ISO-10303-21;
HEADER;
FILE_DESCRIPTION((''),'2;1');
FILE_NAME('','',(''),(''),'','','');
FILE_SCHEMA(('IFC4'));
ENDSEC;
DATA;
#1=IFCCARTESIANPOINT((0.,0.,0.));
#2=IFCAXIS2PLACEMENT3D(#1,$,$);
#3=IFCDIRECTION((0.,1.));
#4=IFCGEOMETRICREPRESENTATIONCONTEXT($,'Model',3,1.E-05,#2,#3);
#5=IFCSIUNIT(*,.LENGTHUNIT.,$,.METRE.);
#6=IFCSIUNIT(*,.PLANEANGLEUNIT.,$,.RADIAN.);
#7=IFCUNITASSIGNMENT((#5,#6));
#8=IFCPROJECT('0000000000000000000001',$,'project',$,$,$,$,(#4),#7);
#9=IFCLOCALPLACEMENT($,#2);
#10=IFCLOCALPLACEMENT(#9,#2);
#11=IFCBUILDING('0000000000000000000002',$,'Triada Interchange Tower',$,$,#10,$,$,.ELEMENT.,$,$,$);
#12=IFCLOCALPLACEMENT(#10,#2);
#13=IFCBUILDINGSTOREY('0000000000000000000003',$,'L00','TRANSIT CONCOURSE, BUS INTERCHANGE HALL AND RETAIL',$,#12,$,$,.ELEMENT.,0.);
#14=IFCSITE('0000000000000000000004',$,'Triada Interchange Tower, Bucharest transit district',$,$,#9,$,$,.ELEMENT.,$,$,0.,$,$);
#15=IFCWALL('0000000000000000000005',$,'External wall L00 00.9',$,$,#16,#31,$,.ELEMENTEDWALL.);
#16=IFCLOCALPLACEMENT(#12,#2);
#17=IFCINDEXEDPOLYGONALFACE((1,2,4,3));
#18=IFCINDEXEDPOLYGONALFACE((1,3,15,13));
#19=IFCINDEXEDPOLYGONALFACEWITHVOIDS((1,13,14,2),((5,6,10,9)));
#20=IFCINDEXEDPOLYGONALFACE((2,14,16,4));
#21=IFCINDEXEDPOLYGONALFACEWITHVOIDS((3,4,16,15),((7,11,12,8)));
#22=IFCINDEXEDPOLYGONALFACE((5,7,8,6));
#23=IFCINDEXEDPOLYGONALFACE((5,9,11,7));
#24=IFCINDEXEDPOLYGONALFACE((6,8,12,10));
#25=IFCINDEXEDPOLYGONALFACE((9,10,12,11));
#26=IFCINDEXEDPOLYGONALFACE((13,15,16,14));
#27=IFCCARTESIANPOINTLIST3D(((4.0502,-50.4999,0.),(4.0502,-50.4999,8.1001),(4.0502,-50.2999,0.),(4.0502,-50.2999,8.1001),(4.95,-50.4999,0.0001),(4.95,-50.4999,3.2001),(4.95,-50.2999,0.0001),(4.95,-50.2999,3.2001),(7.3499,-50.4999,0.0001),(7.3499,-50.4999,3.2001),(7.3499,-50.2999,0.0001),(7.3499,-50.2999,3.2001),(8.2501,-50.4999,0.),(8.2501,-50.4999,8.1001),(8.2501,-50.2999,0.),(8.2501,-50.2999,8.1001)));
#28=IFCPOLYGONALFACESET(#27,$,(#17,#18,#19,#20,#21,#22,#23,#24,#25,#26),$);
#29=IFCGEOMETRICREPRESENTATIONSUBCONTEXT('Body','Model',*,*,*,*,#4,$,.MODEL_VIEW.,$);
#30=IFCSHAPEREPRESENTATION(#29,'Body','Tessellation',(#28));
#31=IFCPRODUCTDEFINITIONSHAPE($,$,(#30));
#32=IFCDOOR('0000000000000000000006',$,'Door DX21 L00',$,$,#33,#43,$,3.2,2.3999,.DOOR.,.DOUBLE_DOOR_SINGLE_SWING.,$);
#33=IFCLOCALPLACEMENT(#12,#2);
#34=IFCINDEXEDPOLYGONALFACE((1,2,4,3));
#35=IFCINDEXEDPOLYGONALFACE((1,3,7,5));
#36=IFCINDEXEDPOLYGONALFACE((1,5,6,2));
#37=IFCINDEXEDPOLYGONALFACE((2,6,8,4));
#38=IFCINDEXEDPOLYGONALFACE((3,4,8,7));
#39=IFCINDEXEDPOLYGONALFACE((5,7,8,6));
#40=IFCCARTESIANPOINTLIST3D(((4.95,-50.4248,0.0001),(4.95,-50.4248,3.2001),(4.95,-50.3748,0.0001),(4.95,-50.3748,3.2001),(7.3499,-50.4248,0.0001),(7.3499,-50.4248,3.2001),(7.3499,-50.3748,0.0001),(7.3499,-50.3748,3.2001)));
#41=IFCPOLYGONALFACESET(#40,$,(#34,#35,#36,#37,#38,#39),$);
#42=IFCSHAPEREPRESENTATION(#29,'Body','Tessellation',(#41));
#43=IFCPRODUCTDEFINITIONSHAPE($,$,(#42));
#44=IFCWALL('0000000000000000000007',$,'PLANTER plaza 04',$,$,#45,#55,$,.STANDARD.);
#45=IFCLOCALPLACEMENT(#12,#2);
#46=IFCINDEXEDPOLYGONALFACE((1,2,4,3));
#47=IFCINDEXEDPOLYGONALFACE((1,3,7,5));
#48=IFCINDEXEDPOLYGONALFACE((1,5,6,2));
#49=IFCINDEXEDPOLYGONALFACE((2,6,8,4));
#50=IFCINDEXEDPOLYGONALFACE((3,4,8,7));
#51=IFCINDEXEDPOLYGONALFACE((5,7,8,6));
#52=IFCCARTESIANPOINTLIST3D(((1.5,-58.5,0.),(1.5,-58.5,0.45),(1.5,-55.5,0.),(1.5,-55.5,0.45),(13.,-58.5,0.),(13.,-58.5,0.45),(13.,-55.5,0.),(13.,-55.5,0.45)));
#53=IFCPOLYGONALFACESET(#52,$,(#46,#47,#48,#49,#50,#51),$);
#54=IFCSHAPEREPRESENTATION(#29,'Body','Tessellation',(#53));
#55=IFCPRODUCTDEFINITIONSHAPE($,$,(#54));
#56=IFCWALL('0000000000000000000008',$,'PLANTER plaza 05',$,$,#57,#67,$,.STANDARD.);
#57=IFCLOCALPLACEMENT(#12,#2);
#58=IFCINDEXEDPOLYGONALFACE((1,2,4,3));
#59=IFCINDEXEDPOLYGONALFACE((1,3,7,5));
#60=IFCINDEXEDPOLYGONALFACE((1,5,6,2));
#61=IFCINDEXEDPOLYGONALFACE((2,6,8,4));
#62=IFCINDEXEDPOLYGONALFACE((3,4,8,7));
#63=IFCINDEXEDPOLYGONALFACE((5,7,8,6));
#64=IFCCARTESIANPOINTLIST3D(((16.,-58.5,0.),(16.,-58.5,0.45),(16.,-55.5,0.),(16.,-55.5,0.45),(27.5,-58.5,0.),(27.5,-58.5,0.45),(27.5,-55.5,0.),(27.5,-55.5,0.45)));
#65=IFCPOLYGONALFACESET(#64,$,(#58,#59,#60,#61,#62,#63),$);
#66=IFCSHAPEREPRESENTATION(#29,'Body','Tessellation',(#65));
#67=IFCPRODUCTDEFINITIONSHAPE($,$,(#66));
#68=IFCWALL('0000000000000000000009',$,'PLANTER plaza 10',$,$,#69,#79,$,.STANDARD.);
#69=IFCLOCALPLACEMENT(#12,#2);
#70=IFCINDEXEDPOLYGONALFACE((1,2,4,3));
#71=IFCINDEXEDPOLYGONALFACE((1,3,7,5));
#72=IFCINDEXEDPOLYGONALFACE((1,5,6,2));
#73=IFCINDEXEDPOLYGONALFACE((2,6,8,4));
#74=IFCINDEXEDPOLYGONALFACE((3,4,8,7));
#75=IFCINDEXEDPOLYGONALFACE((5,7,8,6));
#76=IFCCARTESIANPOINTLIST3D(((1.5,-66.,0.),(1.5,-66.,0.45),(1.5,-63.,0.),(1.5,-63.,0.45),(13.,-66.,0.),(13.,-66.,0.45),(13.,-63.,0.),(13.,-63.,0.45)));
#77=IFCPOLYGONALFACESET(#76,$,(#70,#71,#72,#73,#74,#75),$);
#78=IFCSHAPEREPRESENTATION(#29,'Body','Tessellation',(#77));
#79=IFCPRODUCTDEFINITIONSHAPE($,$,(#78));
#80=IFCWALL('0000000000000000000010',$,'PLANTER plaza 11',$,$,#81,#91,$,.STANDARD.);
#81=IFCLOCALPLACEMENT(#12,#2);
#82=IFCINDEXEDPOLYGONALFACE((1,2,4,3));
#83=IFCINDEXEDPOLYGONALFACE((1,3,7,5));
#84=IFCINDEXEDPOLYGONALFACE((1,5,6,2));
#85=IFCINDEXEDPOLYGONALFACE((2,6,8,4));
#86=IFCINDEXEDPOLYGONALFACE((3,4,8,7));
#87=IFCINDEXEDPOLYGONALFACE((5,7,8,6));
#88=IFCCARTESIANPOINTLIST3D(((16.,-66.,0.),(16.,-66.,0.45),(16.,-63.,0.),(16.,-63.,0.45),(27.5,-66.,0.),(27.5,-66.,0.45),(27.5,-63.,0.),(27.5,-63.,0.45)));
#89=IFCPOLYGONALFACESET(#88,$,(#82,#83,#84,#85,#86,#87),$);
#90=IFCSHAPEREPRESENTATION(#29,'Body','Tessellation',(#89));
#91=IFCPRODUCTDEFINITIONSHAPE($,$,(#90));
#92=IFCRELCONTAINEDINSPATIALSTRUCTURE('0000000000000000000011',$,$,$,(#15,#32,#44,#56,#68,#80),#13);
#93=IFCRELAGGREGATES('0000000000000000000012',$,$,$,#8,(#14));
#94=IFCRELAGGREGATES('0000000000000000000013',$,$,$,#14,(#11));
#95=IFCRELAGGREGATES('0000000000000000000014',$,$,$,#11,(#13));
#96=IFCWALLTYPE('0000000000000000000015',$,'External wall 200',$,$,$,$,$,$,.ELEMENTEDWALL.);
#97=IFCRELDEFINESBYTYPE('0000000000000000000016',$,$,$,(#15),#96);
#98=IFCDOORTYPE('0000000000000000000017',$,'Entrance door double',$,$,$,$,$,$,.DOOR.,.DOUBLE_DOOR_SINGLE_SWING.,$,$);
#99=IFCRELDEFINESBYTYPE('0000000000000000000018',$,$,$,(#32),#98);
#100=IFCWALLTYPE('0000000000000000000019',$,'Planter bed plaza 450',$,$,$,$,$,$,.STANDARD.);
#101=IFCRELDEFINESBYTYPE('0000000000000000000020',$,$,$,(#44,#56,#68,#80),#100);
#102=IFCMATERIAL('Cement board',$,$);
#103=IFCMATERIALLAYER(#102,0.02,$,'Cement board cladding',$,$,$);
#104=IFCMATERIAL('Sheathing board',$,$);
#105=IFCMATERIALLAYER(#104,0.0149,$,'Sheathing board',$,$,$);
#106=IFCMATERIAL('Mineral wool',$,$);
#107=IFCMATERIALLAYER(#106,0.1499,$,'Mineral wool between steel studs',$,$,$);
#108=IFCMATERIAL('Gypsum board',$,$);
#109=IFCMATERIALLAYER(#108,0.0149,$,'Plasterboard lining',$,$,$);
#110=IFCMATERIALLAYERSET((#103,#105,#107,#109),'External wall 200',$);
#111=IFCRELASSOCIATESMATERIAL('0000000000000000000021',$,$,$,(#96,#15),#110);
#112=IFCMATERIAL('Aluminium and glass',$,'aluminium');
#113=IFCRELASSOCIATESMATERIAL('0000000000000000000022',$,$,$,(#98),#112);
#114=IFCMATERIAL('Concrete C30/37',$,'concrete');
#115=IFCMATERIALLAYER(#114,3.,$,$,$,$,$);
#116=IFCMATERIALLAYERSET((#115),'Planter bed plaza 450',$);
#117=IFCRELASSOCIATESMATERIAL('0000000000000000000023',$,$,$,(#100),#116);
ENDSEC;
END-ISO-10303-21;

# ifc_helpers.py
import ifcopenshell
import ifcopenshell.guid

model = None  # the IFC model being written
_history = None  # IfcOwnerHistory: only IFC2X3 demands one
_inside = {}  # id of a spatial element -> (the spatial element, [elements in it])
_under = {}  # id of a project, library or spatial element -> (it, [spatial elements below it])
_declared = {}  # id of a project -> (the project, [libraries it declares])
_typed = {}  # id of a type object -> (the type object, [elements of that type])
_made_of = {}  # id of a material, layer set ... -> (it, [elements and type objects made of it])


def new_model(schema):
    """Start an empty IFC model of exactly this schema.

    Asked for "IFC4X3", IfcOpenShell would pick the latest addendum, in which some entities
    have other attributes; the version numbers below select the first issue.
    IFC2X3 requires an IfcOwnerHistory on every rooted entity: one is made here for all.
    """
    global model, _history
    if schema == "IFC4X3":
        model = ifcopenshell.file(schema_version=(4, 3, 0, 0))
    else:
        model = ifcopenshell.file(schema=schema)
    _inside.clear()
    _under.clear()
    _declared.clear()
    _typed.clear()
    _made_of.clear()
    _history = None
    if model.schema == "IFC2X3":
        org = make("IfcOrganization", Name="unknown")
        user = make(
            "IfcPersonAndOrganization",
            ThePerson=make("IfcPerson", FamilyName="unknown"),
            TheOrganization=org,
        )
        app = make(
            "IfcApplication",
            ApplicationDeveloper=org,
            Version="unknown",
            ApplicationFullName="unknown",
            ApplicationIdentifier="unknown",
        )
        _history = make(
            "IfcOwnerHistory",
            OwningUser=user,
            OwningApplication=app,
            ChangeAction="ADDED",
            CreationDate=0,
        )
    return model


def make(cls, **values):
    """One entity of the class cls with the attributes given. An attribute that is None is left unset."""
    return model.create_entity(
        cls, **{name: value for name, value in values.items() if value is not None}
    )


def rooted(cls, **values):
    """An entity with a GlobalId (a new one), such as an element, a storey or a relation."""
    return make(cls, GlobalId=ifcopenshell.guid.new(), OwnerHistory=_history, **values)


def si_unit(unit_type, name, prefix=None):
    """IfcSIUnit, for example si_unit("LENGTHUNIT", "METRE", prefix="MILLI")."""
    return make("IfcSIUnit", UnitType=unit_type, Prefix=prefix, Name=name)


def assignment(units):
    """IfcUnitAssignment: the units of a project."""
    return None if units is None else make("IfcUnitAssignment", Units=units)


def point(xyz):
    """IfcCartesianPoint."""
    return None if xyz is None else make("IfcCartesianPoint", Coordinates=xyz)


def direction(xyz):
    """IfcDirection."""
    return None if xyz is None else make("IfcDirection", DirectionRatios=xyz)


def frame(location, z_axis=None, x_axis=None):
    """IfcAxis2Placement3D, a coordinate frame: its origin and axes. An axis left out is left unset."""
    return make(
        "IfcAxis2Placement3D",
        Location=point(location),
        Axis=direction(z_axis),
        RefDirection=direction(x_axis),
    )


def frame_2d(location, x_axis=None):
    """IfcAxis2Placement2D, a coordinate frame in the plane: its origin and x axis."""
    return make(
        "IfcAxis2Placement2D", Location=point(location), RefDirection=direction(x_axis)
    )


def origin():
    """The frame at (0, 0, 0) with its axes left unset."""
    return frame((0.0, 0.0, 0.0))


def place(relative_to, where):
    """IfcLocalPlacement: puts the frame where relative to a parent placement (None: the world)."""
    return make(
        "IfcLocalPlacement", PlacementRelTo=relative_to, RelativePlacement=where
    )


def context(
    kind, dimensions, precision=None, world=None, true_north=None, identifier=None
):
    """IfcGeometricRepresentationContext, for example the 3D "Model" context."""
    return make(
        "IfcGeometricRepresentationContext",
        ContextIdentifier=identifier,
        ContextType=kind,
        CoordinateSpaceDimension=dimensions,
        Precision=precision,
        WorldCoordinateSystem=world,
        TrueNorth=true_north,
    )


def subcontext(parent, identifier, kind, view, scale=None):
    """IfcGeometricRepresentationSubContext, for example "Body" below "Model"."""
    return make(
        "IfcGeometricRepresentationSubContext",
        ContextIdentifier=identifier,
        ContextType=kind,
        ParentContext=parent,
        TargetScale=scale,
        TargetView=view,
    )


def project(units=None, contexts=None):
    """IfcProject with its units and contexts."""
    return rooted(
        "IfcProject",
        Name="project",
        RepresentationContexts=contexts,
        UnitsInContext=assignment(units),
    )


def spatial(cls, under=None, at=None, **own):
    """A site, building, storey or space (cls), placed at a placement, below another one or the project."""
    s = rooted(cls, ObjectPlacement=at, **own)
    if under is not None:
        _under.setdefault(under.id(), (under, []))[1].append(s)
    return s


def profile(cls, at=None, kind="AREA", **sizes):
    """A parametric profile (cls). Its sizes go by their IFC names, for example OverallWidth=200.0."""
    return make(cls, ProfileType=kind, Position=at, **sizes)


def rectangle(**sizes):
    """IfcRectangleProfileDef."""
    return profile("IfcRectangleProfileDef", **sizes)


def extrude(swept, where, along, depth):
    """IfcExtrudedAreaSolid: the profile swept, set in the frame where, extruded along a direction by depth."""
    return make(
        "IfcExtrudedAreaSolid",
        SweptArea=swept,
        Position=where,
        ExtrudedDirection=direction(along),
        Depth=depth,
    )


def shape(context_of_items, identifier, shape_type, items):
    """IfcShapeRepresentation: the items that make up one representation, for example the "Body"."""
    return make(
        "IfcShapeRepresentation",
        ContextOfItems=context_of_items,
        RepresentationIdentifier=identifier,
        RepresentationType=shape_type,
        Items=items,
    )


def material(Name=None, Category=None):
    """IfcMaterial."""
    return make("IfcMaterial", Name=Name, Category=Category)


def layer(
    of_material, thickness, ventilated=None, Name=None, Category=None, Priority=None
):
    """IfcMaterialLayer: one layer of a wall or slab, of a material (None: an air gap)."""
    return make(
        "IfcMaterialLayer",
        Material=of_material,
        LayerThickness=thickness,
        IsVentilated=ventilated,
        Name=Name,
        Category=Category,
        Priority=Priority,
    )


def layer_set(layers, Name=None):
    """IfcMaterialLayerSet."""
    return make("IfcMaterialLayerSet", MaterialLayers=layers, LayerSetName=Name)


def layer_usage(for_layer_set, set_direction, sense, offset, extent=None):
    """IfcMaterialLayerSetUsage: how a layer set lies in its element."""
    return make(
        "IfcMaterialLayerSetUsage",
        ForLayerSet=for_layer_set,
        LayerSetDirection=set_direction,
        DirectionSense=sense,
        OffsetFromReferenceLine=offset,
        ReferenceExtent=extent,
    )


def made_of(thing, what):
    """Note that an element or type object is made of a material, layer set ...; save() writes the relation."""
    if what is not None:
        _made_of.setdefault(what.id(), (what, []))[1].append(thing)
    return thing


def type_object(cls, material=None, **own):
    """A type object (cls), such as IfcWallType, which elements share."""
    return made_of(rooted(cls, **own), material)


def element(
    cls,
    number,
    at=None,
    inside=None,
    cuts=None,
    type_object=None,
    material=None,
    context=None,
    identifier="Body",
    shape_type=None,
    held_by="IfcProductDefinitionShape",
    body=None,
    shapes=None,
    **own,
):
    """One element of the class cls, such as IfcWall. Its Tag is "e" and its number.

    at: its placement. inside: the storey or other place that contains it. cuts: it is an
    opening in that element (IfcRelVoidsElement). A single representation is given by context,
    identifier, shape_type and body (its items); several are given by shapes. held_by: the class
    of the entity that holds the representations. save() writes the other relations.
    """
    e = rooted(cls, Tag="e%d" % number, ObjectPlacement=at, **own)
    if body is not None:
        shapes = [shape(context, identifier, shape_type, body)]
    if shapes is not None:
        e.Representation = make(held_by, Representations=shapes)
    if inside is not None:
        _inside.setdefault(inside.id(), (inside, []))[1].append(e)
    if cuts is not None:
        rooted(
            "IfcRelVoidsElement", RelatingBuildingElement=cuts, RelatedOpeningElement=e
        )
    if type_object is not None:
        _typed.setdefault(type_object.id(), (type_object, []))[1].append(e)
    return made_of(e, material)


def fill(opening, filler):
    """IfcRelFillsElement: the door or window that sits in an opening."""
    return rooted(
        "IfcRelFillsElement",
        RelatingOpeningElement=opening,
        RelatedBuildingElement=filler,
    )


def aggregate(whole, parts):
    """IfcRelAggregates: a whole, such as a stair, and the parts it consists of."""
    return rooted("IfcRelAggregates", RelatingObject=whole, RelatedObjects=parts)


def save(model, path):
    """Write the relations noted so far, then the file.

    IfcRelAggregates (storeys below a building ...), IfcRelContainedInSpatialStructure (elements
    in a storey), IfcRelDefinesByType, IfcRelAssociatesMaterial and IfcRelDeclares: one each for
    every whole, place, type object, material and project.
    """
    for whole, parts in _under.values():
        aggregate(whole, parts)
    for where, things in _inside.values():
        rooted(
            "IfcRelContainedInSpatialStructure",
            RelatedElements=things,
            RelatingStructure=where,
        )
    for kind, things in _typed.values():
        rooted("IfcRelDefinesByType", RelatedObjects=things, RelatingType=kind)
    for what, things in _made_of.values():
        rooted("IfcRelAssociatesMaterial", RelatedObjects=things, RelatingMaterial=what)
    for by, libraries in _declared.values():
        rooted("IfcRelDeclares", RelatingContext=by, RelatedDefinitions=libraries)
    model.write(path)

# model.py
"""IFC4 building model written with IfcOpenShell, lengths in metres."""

from ifc_helpers import new_model, si_unit, direction, frame, frame_2d, origin, place, context, subcontext, project, spatial, rectangle, extrude, material, layer, layer_set, layer_usage, type_object, element, fill, save


model = new_model("IFC4")

# Units and contexts
model_context = context("Model", 3, precision=1e-05, world=origin(), true_north=direction((0.0, 1.0)))
body_context = subcontext(model_context, "Body", "Model", "MODEL_VIEW")
ifc_project = project(units=[si_unit("LENGTHUNIT", "METRE"), si_unit("PLANEANGLEUNIT", "RADIAN")], contexts=[model_context])

# Site, building, storey
site_placement = place(None, origin())
site = spatial("IfcSite", under=ifc_project, at=site_placement, Name="Triada Interchange Tower, Bucharest transit district", CompositionType="ELEMENT", RefElevation=0.0)
building_placement = place(site_placement, origin())
building = spatial("IfcBuilding", under=site, at=building_placement, Name="Triada Interchange Tower", CompositionType="ELEMENT")
storey_placement = place(building_placement, origin())
storey = spatial("IfcBuildingStorey", under=building, at=storey_placement, Name="L00", Description="TRANSIT CONCOURSE, BUS INTERCHANGE HALL AND RETAIL", CompositionType="ELEMENT", Elevation=0.0)

# Wall, opening, door
ifc_material_1 = material(Name="Cement board")
ifc_layer_1 = layer(ifc_material_1, 0.02, Name="Cement board cladding")
ifc_material_2 = material(Name="Sheathing board")
ifc_layer_2 = layer(ifc_material_2, 0.0149, Name="Sheathing board")
ifc_material_3 = material(Name="Mineral wool")
ifc_layer_3 = layer(ifc_material_3, 0.1499, Name="Mineral wool between steel studs")
ifc_material_4 = material(Name="Gypsum board")
ifc_layer_4 = layer(ifc_material_4, 0.0149, Name="Plasterboard lining")
ifc_layer_set_1 = layer_set([ifc_layer_1, ifc_layer_2, ifc_layer_3, ifc_layer_4], Name="External wall 200")
ifc_layer_usage = layer_usage(ifc_layer_set_1, "AXIS2", "POSITIVE", -0.1001)
wall_type_1 = type_object("IfcWallType", Name="External wall 200", PredefinedType="ELEMENTEDWALL", material=ifc_layer_set_1)
wall_placement = place(storey_placement, frame((4.05, -50.3999, 0.0), z_axis=(0.0, 0.0, 1.0), x_axis=(1.0, 0.0, 0.0)))
wall = element("IfcWall", 1, at=wall_placement, inside=storey, type_object=wall_type_1, material=ifc_layer_usage, Name="External wall L00 00.9", PredefinedType="ELEMENTEDWALL", context=body_context, shape_type="SweptSolid", body=[
    extrude(rectangle(XDim=4.2, YDim=0.2, at=frame_2d((2.1001, 0.0))), origin(), (0.0, 0.0, 1.0), 8.1001),
])
opening_placement = place(wall_placement, frame((0.8999, 0.0, 0.0)))
opening = element("IfcOpeningElement", 2, at=opening_placement, cuts=wall, PredefinedType="OPENING", context=body_context, shape_type="SweptSolid", body=[
    extrude(rectangle(XDim=2.3999, YDim=3.2, at=frame_2d((1.2, 1.6001))), frame((0.0, 0.1099, 0.0), z_axis=(0.0, -1.0, 0.0), x_axis=(1.0, 0.0, 0.0)), (0.0, 0.0, 1.0), 0.22),
])
ifc_material_5 = material(Name="Aluminium and glass", Category="aluminium")
door_type = type_object("IfcDoorType", Name="Entrance door double", OperationType="DOUBLE_DOOR_SINGLE_SWING", PredefinedType="DOOR", material=ifc_material_5)
door_placement = place(opening_placement, frame((2.3999, 0.0, 0.0), z_axis=(0.0, 0.0, 1.0), x_axis=(-1.0, 0.0, 0.0)))
door = element("IfcDoor", 3, at=door_placement, inside=storey, type_object=door_type, Name="Door DX21 L00", OperationType="DOUBLE_DOOR_SINGLE_SWING", OverallHeight=3.2, OverallWidth=2.3999, PredefinedType="DOOR", context=body_context, shape_type="SweptSolid", body=[
    extrude(rectangle(XDim=2.3999, YDim=3.2, at=frame_2d((1.2, 1.6001))), frame((0.0, 0.0249, 0.0), z_axis=(0.0, -1.0, 0.0), x_axis=(1.0, 0.0, 0.0)), (0.0, 0.0, 1.0), 0.05),
])
fill(opening, door)

# Walls
ifc_material_6 = material(Name="Concrete C30/37", Category="concrete")
ifc_layer_5 = layer(ifc_material_6, 3.0)
ifc_layer_set_2 = layer_set([ifc_layer_5], Name="Planter bed plaza 450")
wall_type_2 = type_object("IfcWallType", Name="Planter bed plaza 450", PredefinedType="STANDARD", material=ifc_layer_set_2)
for number, where, z_axis, x_axis, name in (
    (4, (1.5, -57.0, 0.0), (0.0, 0.0, 1.0), (1.0, 0.0, 0.0), "PLANTER plaza 04"),
    (5, (16.0, -57.0, 0.0), (0.0, 0.0, 1.0), (1.0, 0.0, 0.0), "PLANTER plaza 05"),
    (6, (1.5, -64.5, 0.0), (0.0, 0.0, 1.0), (1.0, 0.0, 0.0), "PLANTER plaza 10"),
    (7, (16.0, -64.5, 0.0), (0.0, 0.0, 1.0), (1.0, 0.0, 0.0), "PLANTER plaza 11"),
):
    element("IfcWall", number, at=place(storey_placement, frame(where, z_axis=z_axis, x_axis=x_axis)), inside=storey, type_object=wall_type_2, Name=name, PredefinedType="STANDARD", context=body_context, shape_type="SweptSolid", body=[
        extrude(rectangle(XDim=11.5, YDim=3.0, at=frame_2d((5.75, 0.0))), origin(), (0.0, 0.0, 1.0), 0.45),
    ])

save(model, "model.ifc")
